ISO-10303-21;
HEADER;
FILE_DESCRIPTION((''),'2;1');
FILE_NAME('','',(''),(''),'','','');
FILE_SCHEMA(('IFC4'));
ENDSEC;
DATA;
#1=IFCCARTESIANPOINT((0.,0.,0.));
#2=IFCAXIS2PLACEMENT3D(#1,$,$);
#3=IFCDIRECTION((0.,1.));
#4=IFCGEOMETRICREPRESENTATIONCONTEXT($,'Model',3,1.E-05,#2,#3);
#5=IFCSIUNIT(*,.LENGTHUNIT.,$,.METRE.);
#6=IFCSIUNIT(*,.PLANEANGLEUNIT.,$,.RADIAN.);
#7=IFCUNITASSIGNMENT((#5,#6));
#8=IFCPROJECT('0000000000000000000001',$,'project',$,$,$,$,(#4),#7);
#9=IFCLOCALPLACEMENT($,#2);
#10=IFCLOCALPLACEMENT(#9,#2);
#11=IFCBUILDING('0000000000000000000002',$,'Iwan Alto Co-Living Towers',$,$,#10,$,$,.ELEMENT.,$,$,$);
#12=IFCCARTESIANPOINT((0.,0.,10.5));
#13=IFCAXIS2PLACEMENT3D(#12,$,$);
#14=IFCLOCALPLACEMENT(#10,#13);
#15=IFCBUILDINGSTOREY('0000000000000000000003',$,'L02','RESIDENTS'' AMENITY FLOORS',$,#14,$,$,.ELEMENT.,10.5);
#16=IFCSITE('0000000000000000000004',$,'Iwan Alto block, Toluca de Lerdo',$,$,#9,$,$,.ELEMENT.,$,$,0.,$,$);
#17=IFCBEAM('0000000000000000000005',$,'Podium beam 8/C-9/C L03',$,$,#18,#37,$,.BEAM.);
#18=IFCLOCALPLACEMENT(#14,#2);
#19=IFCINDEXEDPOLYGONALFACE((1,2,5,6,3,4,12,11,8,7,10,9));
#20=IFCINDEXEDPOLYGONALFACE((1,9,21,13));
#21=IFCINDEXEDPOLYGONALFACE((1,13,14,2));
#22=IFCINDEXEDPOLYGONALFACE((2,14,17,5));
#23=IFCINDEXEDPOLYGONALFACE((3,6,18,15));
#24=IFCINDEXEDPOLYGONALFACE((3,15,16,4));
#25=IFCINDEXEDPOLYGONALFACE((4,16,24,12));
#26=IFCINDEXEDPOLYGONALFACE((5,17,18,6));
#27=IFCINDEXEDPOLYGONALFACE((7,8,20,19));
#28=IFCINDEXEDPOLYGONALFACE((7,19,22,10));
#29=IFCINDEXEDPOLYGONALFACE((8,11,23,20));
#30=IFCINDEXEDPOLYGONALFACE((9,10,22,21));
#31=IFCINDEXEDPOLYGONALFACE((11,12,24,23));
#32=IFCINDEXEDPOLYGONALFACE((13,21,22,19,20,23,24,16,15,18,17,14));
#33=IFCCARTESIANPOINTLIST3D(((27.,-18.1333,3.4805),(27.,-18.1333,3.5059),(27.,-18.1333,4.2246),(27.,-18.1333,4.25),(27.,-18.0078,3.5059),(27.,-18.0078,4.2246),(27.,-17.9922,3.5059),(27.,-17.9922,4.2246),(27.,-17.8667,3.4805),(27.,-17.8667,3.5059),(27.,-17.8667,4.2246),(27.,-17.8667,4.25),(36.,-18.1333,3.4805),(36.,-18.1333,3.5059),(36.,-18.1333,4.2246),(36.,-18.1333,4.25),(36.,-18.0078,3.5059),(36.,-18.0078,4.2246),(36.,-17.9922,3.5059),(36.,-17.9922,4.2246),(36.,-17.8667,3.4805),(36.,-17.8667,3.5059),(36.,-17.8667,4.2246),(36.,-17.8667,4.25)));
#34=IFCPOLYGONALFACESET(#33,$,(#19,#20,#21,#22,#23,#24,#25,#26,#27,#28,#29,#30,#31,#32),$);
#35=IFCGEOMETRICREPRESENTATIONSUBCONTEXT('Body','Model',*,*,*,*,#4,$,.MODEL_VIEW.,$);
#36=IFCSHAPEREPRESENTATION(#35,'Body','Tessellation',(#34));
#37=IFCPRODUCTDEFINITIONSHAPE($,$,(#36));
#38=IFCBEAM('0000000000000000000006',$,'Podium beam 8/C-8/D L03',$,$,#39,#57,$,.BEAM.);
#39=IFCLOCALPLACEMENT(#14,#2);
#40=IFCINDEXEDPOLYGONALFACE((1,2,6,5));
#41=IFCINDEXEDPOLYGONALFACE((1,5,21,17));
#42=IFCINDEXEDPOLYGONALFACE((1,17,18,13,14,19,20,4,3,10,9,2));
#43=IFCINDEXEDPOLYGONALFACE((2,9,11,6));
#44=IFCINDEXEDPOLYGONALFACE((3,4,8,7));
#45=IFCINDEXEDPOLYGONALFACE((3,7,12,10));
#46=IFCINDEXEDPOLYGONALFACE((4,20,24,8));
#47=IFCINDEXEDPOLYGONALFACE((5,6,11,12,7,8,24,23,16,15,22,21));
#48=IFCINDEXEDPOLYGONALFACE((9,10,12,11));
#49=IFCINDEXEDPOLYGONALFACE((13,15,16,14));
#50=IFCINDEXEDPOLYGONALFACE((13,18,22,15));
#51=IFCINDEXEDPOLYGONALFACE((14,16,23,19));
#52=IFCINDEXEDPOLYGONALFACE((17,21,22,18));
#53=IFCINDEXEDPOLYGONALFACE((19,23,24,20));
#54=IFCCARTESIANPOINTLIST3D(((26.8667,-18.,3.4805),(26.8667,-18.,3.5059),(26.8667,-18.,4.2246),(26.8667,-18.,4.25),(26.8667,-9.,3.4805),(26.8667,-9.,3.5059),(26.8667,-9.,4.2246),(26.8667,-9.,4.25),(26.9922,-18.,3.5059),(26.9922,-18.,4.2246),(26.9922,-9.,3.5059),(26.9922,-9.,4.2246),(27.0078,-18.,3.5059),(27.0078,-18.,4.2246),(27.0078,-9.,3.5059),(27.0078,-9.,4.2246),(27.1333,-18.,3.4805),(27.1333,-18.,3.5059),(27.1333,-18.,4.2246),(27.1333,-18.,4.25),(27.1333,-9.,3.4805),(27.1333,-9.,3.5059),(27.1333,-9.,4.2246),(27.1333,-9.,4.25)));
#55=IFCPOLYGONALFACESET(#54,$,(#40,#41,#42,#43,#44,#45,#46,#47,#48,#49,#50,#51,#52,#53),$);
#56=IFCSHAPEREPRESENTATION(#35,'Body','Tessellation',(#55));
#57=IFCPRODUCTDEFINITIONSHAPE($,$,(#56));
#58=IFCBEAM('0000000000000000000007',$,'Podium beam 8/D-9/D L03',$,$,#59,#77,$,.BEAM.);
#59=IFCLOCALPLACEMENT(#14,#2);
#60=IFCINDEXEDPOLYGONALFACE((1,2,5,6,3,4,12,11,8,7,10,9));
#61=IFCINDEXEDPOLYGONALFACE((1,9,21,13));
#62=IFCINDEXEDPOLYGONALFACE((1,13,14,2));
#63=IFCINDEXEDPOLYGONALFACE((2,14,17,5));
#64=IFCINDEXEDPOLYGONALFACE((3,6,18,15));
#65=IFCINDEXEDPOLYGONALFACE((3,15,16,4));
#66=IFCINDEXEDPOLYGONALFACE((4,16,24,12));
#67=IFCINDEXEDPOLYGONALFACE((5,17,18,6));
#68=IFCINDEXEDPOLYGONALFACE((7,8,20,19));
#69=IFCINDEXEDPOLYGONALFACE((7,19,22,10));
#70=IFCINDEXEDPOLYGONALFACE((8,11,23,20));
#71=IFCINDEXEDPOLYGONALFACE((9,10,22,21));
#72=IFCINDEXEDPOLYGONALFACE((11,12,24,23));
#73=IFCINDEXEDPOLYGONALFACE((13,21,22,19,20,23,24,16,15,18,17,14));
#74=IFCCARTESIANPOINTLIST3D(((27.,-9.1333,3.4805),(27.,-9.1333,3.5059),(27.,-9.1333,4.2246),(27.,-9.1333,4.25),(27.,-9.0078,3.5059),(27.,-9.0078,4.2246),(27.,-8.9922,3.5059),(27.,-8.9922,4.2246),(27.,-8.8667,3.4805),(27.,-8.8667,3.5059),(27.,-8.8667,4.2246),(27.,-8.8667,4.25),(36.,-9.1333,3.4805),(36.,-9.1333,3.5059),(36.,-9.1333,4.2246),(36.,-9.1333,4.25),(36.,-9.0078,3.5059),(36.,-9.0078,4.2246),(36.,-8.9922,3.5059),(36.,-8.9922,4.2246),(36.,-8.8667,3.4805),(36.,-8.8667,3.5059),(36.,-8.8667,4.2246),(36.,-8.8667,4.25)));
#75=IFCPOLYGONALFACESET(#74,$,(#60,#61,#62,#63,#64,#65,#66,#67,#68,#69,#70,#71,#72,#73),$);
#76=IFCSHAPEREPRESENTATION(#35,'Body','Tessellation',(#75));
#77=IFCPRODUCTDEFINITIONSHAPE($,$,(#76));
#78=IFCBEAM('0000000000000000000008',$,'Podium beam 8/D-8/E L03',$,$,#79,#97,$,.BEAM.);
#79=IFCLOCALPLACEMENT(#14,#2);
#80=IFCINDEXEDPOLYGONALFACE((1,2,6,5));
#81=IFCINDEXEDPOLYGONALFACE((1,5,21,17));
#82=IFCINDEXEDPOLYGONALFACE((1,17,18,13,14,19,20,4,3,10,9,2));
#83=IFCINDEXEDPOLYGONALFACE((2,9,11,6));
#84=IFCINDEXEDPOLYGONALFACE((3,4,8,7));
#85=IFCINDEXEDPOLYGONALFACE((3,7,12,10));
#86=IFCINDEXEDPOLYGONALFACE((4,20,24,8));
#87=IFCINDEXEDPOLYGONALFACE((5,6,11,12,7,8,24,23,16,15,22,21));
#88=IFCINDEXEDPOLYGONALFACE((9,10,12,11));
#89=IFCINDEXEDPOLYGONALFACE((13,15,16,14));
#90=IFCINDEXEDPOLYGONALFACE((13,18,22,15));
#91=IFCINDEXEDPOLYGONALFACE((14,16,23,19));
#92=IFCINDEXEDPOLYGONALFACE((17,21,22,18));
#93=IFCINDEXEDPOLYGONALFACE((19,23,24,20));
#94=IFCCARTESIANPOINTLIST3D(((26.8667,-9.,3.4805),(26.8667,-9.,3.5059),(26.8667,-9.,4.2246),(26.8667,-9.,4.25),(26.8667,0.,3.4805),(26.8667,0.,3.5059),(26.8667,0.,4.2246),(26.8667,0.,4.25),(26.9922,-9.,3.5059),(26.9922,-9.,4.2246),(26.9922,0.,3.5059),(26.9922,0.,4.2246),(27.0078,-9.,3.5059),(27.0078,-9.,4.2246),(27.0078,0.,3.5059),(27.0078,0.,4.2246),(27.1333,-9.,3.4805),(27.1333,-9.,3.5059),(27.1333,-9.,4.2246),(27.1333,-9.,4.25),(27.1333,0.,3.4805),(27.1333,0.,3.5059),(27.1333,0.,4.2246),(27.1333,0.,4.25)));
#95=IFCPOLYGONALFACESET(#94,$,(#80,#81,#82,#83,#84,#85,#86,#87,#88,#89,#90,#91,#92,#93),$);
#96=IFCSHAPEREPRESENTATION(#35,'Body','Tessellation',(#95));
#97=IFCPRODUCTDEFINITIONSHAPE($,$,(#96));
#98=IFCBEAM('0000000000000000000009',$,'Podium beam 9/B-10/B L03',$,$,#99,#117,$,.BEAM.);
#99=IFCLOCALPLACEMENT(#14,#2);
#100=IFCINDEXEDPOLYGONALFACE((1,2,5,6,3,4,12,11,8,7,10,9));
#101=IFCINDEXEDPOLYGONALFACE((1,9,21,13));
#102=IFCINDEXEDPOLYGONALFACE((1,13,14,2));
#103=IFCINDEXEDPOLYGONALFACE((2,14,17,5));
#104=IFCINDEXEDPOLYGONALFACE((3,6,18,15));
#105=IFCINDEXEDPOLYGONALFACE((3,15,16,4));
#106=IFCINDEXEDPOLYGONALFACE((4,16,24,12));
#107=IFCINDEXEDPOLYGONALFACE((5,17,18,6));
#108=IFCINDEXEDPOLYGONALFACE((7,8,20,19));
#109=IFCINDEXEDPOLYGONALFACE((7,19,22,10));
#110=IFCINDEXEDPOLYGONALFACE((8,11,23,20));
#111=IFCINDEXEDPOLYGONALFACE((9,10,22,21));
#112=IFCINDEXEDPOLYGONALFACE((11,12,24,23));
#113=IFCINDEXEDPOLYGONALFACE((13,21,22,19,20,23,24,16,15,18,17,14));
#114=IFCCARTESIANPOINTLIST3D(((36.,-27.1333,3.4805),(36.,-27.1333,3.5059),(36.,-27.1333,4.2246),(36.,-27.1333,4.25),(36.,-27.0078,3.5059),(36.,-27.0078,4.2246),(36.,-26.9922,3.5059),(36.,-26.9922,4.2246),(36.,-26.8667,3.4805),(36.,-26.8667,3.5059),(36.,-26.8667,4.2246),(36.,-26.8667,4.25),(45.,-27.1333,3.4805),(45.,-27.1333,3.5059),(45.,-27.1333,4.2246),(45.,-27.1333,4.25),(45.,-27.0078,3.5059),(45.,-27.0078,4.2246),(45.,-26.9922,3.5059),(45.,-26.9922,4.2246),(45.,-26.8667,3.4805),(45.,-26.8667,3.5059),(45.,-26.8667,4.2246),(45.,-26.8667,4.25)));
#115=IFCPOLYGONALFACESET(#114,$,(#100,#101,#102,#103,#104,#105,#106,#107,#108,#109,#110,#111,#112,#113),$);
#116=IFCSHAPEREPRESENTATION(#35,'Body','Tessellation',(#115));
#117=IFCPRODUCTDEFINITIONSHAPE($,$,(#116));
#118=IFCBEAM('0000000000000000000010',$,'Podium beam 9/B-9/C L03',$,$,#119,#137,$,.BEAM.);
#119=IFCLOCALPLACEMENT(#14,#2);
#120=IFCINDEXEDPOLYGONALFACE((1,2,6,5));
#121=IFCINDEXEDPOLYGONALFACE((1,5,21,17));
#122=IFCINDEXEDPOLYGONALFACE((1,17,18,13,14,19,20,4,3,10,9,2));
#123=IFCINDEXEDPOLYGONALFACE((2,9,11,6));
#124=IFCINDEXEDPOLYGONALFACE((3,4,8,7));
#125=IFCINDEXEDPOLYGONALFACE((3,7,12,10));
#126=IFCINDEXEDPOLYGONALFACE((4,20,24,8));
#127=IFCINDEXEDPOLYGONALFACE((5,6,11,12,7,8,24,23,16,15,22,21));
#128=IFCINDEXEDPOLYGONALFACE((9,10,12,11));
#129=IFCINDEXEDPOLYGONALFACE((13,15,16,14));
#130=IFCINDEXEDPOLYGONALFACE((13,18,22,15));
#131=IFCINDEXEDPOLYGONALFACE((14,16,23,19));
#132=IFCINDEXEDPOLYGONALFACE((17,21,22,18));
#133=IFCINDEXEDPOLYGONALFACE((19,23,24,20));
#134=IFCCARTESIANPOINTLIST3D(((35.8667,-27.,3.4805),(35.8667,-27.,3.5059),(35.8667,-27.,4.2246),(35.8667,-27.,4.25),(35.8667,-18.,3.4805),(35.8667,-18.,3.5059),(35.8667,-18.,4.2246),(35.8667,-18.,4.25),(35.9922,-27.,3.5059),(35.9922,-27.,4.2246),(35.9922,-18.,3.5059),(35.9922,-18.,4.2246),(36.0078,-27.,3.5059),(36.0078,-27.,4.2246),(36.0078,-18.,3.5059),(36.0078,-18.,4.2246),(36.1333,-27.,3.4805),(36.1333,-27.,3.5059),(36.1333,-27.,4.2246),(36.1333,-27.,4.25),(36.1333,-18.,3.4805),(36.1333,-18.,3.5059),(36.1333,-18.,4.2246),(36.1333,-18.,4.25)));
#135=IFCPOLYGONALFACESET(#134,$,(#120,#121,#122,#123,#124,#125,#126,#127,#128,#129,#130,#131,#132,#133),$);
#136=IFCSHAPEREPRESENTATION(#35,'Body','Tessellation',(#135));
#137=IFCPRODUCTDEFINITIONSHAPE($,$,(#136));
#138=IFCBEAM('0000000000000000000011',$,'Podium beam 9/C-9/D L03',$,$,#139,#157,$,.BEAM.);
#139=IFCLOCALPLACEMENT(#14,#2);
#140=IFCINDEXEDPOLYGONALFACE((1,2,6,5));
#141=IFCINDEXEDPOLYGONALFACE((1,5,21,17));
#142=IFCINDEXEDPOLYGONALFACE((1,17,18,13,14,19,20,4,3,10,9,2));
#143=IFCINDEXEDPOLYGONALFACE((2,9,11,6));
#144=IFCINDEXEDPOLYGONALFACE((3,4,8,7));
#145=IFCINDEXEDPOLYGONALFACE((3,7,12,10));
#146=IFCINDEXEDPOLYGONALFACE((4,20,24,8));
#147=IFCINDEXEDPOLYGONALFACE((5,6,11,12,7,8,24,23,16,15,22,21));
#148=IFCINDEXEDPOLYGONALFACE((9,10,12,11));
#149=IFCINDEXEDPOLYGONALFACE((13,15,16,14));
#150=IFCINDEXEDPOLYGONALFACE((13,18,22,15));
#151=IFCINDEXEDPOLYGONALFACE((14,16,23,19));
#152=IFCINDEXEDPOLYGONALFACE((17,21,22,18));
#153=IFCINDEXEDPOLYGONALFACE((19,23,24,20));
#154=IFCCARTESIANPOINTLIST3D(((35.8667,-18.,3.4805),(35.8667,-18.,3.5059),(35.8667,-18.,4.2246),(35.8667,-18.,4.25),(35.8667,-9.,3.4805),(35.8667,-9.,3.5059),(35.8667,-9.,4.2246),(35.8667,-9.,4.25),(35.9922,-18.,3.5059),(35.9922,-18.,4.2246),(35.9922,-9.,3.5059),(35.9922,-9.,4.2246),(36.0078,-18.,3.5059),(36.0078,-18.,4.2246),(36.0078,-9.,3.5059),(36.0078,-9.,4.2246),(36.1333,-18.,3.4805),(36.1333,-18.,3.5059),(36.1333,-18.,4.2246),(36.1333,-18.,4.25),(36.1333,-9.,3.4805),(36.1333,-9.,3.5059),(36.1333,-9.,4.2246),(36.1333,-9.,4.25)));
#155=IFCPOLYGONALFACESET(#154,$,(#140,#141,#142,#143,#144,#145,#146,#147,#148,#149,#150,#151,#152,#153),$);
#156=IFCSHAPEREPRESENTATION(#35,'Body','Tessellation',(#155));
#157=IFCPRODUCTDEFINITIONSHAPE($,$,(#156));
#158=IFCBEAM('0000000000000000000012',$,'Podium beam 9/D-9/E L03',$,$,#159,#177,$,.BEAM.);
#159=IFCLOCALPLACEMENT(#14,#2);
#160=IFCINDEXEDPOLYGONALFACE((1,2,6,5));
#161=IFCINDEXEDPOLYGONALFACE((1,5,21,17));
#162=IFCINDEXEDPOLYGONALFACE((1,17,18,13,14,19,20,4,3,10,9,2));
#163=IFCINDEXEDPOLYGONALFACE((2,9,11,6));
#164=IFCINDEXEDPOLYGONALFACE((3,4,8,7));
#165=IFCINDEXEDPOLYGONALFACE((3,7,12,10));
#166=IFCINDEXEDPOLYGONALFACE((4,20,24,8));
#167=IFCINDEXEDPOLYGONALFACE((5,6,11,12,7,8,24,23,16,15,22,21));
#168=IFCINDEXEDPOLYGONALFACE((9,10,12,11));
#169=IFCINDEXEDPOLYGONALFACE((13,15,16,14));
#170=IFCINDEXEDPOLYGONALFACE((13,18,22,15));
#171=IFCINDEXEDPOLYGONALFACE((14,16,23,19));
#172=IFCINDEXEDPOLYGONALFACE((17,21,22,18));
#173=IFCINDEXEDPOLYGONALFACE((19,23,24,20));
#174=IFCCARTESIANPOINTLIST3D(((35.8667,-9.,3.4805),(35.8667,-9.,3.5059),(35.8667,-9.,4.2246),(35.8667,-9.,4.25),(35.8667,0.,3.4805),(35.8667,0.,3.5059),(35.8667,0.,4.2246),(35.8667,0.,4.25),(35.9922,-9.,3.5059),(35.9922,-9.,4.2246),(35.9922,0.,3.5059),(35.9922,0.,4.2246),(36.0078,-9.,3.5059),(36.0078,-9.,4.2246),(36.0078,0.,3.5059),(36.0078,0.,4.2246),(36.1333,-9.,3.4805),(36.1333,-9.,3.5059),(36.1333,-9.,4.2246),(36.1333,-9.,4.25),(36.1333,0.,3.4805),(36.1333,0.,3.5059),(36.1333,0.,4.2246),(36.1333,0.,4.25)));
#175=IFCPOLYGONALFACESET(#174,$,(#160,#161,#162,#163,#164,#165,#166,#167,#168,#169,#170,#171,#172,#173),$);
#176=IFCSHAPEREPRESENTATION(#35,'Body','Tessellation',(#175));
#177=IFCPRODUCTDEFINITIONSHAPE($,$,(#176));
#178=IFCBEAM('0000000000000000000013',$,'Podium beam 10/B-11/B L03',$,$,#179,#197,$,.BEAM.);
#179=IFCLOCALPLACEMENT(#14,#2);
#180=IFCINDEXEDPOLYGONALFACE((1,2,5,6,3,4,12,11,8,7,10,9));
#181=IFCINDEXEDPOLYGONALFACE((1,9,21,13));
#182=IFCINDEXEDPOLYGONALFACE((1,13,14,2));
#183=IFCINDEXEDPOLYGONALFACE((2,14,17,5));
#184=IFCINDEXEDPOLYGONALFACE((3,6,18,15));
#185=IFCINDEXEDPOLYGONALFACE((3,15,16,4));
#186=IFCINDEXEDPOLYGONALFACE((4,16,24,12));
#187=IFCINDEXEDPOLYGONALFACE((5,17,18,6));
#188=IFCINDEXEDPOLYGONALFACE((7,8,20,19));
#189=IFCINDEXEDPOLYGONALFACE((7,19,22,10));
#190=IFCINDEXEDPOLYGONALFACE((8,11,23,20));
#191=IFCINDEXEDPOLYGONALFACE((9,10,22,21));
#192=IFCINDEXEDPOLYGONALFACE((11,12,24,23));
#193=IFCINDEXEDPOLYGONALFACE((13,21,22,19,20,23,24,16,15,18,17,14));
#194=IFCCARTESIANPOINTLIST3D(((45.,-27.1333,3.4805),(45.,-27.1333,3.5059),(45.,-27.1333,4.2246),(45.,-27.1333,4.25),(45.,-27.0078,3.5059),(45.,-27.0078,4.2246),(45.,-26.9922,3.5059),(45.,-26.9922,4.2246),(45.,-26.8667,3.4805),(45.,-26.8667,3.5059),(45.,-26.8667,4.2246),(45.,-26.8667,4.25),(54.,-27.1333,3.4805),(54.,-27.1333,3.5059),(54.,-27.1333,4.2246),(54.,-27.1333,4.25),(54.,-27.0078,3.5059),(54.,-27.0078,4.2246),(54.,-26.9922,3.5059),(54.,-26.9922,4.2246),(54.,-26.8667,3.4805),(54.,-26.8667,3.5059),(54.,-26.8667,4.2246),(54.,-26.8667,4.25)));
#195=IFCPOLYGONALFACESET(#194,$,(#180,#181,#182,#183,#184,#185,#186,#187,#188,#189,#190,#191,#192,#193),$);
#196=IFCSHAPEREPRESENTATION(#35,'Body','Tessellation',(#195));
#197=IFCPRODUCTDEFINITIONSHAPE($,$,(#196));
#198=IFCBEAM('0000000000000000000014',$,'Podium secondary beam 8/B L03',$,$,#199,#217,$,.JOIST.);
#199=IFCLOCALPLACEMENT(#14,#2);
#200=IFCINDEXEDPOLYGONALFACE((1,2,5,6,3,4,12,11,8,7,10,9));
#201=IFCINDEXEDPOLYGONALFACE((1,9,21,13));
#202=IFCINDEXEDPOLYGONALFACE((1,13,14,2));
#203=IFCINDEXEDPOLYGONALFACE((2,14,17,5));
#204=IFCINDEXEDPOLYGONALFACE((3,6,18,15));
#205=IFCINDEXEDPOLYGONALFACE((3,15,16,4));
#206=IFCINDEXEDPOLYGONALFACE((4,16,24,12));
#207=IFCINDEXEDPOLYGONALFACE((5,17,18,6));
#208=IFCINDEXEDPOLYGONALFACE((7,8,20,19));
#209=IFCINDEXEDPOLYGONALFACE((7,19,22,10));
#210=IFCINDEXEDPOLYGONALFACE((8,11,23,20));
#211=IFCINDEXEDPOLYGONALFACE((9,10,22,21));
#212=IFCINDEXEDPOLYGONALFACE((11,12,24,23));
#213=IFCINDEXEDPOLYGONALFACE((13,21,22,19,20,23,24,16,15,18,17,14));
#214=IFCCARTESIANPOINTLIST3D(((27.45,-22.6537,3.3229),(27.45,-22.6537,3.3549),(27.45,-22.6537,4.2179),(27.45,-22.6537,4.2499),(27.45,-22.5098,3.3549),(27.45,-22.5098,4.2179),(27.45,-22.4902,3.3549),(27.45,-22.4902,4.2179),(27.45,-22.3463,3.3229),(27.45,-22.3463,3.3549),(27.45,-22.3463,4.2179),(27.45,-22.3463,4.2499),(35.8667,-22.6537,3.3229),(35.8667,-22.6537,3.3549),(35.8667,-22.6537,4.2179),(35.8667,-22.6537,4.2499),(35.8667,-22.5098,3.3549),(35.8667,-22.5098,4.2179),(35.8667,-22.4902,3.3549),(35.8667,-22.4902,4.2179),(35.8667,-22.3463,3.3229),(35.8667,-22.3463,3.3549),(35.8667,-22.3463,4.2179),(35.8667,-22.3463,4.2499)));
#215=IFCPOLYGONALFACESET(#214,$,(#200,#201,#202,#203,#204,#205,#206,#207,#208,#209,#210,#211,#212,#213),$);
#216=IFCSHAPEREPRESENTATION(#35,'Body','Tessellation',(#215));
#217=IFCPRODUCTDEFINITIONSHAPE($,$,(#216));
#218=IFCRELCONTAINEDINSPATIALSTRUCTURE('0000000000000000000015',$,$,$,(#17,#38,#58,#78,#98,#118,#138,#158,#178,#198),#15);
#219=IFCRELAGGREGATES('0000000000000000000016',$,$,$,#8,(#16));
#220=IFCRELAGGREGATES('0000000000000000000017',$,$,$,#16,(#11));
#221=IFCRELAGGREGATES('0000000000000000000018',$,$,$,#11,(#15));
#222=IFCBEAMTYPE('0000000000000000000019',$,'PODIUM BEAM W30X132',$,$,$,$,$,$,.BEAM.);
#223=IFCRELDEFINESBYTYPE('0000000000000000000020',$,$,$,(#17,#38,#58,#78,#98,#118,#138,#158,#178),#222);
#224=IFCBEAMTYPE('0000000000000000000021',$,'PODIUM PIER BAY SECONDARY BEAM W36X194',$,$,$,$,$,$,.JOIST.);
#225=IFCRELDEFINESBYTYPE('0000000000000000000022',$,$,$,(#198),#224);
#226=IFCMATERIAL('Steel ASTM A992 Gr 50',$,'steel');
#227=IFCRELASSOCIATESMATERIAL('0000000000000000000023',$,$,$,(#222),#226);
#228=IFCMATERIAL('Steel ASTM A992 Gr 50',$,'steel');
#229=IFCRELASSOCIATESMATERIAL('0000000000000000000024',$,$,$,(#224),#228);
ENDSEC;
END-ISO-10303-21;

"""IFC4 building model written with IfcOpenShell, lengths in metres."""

from ifc_helpers import new_model, si_unit, direction, frame, origin, origin_2d, place, context, subcontext, project, spatial, i_section, extrude, material, material_profile, profile_set, type_object, element, save


model = new_model("IFC4")

# Units and contexts
model_context = context("Model", 3, precision=1e-05, world=origin(), true_north=direction((0.0, 1.0)))
body_context = subcontext(model_context, "Body", "Model", "MODEL_VIEW")
ifc_project = project(units=[si_unit("LENGTHUNIT", "METRE"), si_unit("PLANEANGLEUNIT", "RADIAN")], contexts=[model_context])

# Site, building, storey
site_placement = place(None, origin())
site = spatial("IfcSite", under=ifc_project, at=site_placement, Name="Iwan Alto block, Toluca de Lerdo", CompositionType="ELEMENT", RefElevation=0.0)
building_placement = place(site_placement, origin())
building = spatial("IfcBuilding", under=site, at=building_placement, Name="Iwan Alto Co-Living Towers", CompositionType="ELEMENT")
storey_placement = place(building_placement, frame((0.0, 0.0, 10.5)))
storey = spatial("IfcBuildingStorey", under=building, at=storey_placement, Name="L02", Description="RESIDENTS' AMENITY FLOORS", CompositionType="ELEMENT", Elevation=10.5)

# Beams
ifc_material_1 = material(Name="Steel ASTM A992 Gr 50", Category="steel")
ifc_material_profile_1 = material_profile(ifc_material_1, i_section(OverallWidth=0.2666, OverallDepth=0.7695, WebThickness=0.0156, FlangeThickness=0.0254, at=origin_2d()), Name="W30X132")
ifc_profile_set_1 = profile_set([ifc_material_profile_1], Name="Steel ASTM A992 Gr 50")
beam_type_1 = type_object("IfcBeamType", Name="PODIUM BEAM W30X132", PredefinedType="BEAM", material=ifc_profile_set_1)
for number, where, z_axis, x_axis, name in (
    (1, (27.0, -18.0, 3.8652), (1.0, 0.0, 0.0), (0.0, 1.0, 0.0), "Podium beam 8/C-9/C L03"),
    (2, (27.0, -18.0, 3.8652), (0.0, 1.0, 0.0), (-1.0, 0.0, 0.0), "Podium beam 8/C-8/D L03"),
    (3, (27.0, -9.0, 3.8652), (1.0, 0.0, 0.0), (0.0, 1.0, 0.0), "Podium beam 8/D-9/D L03"),
    (4, (27.0, -9.0, 3.8652), (0.0, 1.0, 0.0), (-1.0, 0.0, 0.0), "Podium beam 8/D-8/E L03"),
    (5, (36.0, -27.0, 3.8652), (1.0, 0.0, 0.0), (0.0, 1.0, 0.0), "Podium beam 9/B-10/B L03"),
    (6, (36.0, -27.0, 3.8652), (0.0, 1.0, 0.0), (-1.0, 0.0, 0.0), "Podium beam 9/B-9/C L03"),
    (7, (36.0, -18.0, 3.8652), (0.0, 1.0, 0.0), (-1.0, 0.0, 0.0), "Podium beam 9/C-9/D L03"),
    (8, (36.0, -9.0, 3.8652), (0.0, 1.0, 0.0), (-1.0, 0.0, 0.0), "Podium beam 9/D-9/E L03"),
    (9, (45.0, -27.0, 3.8652), (1.0, 0.0, 0.0), (0.0, 1.0, 0.0), "Podium beam 10/B-11/B L03"),
):
    element("IfcBeam", number, at=place(storey_placement, frame(where, z_axis=z_axis, x_axis=x_axis)), inside=storey, type_object=beam_type_1, Name=name, PredefinedType="BEAM", context=body_context, shape_type="SweptSolid", body=[
        extrude(i_section(OverallWidth=0.2666, OverallDepth=0.7695, WebThickness=0.0156, FlangeThickness=0.0254, at=origin_2d()), origin(), (0.0, 0.0, 1.0), 9.0),
    ])
ifc_material_2 = material(Name="Steel ASTM A992 Gr 50", Category="steel")
ifc_material_profile_2 = material_profile(ifc_material_2, i_section(OverallWidth=0.3074, OverallDepth=0.927, WebThickness=0.0195, FlangeThickness=0.032, at=origin_2d()), Name="W36X194")
ifc_profile_set_2 = profile_set([ifc_material_profile_2], Name="Steel ASTM A992 Gr 50")
beam_type_2 = type_object("IfcBeamType", Name="PODIUM PIER BAY SECONDARY BEAM W36X194", PredefinedType="JOIST", material=ifc_profile_set_2)
beam_1_placement = place(storey_placement, frame((27.45, -22.5, 3.7864), z_axis=(1.0, 0.0, 0.0), x_axis=(0.0, 1.0, 0.0)))
element("IfcBeam", 10, at=beam_1_placement, inside=storey, type_object=beam_type_2, Name="Podium secondary beam 8/B L03", PredefinedType="JOIST", context=body_context, shape_type="SweptSolid", body=[
    extrude(i_section(OverallWidth=0.3074, OverallDepth=0.927, WebThickness=0.0195, FlangeThickness=0.032, at=origin_2d()), origin(), (0.0, 0.0, 1.0), 8.4167),
])

save(model, "model.ifc")
